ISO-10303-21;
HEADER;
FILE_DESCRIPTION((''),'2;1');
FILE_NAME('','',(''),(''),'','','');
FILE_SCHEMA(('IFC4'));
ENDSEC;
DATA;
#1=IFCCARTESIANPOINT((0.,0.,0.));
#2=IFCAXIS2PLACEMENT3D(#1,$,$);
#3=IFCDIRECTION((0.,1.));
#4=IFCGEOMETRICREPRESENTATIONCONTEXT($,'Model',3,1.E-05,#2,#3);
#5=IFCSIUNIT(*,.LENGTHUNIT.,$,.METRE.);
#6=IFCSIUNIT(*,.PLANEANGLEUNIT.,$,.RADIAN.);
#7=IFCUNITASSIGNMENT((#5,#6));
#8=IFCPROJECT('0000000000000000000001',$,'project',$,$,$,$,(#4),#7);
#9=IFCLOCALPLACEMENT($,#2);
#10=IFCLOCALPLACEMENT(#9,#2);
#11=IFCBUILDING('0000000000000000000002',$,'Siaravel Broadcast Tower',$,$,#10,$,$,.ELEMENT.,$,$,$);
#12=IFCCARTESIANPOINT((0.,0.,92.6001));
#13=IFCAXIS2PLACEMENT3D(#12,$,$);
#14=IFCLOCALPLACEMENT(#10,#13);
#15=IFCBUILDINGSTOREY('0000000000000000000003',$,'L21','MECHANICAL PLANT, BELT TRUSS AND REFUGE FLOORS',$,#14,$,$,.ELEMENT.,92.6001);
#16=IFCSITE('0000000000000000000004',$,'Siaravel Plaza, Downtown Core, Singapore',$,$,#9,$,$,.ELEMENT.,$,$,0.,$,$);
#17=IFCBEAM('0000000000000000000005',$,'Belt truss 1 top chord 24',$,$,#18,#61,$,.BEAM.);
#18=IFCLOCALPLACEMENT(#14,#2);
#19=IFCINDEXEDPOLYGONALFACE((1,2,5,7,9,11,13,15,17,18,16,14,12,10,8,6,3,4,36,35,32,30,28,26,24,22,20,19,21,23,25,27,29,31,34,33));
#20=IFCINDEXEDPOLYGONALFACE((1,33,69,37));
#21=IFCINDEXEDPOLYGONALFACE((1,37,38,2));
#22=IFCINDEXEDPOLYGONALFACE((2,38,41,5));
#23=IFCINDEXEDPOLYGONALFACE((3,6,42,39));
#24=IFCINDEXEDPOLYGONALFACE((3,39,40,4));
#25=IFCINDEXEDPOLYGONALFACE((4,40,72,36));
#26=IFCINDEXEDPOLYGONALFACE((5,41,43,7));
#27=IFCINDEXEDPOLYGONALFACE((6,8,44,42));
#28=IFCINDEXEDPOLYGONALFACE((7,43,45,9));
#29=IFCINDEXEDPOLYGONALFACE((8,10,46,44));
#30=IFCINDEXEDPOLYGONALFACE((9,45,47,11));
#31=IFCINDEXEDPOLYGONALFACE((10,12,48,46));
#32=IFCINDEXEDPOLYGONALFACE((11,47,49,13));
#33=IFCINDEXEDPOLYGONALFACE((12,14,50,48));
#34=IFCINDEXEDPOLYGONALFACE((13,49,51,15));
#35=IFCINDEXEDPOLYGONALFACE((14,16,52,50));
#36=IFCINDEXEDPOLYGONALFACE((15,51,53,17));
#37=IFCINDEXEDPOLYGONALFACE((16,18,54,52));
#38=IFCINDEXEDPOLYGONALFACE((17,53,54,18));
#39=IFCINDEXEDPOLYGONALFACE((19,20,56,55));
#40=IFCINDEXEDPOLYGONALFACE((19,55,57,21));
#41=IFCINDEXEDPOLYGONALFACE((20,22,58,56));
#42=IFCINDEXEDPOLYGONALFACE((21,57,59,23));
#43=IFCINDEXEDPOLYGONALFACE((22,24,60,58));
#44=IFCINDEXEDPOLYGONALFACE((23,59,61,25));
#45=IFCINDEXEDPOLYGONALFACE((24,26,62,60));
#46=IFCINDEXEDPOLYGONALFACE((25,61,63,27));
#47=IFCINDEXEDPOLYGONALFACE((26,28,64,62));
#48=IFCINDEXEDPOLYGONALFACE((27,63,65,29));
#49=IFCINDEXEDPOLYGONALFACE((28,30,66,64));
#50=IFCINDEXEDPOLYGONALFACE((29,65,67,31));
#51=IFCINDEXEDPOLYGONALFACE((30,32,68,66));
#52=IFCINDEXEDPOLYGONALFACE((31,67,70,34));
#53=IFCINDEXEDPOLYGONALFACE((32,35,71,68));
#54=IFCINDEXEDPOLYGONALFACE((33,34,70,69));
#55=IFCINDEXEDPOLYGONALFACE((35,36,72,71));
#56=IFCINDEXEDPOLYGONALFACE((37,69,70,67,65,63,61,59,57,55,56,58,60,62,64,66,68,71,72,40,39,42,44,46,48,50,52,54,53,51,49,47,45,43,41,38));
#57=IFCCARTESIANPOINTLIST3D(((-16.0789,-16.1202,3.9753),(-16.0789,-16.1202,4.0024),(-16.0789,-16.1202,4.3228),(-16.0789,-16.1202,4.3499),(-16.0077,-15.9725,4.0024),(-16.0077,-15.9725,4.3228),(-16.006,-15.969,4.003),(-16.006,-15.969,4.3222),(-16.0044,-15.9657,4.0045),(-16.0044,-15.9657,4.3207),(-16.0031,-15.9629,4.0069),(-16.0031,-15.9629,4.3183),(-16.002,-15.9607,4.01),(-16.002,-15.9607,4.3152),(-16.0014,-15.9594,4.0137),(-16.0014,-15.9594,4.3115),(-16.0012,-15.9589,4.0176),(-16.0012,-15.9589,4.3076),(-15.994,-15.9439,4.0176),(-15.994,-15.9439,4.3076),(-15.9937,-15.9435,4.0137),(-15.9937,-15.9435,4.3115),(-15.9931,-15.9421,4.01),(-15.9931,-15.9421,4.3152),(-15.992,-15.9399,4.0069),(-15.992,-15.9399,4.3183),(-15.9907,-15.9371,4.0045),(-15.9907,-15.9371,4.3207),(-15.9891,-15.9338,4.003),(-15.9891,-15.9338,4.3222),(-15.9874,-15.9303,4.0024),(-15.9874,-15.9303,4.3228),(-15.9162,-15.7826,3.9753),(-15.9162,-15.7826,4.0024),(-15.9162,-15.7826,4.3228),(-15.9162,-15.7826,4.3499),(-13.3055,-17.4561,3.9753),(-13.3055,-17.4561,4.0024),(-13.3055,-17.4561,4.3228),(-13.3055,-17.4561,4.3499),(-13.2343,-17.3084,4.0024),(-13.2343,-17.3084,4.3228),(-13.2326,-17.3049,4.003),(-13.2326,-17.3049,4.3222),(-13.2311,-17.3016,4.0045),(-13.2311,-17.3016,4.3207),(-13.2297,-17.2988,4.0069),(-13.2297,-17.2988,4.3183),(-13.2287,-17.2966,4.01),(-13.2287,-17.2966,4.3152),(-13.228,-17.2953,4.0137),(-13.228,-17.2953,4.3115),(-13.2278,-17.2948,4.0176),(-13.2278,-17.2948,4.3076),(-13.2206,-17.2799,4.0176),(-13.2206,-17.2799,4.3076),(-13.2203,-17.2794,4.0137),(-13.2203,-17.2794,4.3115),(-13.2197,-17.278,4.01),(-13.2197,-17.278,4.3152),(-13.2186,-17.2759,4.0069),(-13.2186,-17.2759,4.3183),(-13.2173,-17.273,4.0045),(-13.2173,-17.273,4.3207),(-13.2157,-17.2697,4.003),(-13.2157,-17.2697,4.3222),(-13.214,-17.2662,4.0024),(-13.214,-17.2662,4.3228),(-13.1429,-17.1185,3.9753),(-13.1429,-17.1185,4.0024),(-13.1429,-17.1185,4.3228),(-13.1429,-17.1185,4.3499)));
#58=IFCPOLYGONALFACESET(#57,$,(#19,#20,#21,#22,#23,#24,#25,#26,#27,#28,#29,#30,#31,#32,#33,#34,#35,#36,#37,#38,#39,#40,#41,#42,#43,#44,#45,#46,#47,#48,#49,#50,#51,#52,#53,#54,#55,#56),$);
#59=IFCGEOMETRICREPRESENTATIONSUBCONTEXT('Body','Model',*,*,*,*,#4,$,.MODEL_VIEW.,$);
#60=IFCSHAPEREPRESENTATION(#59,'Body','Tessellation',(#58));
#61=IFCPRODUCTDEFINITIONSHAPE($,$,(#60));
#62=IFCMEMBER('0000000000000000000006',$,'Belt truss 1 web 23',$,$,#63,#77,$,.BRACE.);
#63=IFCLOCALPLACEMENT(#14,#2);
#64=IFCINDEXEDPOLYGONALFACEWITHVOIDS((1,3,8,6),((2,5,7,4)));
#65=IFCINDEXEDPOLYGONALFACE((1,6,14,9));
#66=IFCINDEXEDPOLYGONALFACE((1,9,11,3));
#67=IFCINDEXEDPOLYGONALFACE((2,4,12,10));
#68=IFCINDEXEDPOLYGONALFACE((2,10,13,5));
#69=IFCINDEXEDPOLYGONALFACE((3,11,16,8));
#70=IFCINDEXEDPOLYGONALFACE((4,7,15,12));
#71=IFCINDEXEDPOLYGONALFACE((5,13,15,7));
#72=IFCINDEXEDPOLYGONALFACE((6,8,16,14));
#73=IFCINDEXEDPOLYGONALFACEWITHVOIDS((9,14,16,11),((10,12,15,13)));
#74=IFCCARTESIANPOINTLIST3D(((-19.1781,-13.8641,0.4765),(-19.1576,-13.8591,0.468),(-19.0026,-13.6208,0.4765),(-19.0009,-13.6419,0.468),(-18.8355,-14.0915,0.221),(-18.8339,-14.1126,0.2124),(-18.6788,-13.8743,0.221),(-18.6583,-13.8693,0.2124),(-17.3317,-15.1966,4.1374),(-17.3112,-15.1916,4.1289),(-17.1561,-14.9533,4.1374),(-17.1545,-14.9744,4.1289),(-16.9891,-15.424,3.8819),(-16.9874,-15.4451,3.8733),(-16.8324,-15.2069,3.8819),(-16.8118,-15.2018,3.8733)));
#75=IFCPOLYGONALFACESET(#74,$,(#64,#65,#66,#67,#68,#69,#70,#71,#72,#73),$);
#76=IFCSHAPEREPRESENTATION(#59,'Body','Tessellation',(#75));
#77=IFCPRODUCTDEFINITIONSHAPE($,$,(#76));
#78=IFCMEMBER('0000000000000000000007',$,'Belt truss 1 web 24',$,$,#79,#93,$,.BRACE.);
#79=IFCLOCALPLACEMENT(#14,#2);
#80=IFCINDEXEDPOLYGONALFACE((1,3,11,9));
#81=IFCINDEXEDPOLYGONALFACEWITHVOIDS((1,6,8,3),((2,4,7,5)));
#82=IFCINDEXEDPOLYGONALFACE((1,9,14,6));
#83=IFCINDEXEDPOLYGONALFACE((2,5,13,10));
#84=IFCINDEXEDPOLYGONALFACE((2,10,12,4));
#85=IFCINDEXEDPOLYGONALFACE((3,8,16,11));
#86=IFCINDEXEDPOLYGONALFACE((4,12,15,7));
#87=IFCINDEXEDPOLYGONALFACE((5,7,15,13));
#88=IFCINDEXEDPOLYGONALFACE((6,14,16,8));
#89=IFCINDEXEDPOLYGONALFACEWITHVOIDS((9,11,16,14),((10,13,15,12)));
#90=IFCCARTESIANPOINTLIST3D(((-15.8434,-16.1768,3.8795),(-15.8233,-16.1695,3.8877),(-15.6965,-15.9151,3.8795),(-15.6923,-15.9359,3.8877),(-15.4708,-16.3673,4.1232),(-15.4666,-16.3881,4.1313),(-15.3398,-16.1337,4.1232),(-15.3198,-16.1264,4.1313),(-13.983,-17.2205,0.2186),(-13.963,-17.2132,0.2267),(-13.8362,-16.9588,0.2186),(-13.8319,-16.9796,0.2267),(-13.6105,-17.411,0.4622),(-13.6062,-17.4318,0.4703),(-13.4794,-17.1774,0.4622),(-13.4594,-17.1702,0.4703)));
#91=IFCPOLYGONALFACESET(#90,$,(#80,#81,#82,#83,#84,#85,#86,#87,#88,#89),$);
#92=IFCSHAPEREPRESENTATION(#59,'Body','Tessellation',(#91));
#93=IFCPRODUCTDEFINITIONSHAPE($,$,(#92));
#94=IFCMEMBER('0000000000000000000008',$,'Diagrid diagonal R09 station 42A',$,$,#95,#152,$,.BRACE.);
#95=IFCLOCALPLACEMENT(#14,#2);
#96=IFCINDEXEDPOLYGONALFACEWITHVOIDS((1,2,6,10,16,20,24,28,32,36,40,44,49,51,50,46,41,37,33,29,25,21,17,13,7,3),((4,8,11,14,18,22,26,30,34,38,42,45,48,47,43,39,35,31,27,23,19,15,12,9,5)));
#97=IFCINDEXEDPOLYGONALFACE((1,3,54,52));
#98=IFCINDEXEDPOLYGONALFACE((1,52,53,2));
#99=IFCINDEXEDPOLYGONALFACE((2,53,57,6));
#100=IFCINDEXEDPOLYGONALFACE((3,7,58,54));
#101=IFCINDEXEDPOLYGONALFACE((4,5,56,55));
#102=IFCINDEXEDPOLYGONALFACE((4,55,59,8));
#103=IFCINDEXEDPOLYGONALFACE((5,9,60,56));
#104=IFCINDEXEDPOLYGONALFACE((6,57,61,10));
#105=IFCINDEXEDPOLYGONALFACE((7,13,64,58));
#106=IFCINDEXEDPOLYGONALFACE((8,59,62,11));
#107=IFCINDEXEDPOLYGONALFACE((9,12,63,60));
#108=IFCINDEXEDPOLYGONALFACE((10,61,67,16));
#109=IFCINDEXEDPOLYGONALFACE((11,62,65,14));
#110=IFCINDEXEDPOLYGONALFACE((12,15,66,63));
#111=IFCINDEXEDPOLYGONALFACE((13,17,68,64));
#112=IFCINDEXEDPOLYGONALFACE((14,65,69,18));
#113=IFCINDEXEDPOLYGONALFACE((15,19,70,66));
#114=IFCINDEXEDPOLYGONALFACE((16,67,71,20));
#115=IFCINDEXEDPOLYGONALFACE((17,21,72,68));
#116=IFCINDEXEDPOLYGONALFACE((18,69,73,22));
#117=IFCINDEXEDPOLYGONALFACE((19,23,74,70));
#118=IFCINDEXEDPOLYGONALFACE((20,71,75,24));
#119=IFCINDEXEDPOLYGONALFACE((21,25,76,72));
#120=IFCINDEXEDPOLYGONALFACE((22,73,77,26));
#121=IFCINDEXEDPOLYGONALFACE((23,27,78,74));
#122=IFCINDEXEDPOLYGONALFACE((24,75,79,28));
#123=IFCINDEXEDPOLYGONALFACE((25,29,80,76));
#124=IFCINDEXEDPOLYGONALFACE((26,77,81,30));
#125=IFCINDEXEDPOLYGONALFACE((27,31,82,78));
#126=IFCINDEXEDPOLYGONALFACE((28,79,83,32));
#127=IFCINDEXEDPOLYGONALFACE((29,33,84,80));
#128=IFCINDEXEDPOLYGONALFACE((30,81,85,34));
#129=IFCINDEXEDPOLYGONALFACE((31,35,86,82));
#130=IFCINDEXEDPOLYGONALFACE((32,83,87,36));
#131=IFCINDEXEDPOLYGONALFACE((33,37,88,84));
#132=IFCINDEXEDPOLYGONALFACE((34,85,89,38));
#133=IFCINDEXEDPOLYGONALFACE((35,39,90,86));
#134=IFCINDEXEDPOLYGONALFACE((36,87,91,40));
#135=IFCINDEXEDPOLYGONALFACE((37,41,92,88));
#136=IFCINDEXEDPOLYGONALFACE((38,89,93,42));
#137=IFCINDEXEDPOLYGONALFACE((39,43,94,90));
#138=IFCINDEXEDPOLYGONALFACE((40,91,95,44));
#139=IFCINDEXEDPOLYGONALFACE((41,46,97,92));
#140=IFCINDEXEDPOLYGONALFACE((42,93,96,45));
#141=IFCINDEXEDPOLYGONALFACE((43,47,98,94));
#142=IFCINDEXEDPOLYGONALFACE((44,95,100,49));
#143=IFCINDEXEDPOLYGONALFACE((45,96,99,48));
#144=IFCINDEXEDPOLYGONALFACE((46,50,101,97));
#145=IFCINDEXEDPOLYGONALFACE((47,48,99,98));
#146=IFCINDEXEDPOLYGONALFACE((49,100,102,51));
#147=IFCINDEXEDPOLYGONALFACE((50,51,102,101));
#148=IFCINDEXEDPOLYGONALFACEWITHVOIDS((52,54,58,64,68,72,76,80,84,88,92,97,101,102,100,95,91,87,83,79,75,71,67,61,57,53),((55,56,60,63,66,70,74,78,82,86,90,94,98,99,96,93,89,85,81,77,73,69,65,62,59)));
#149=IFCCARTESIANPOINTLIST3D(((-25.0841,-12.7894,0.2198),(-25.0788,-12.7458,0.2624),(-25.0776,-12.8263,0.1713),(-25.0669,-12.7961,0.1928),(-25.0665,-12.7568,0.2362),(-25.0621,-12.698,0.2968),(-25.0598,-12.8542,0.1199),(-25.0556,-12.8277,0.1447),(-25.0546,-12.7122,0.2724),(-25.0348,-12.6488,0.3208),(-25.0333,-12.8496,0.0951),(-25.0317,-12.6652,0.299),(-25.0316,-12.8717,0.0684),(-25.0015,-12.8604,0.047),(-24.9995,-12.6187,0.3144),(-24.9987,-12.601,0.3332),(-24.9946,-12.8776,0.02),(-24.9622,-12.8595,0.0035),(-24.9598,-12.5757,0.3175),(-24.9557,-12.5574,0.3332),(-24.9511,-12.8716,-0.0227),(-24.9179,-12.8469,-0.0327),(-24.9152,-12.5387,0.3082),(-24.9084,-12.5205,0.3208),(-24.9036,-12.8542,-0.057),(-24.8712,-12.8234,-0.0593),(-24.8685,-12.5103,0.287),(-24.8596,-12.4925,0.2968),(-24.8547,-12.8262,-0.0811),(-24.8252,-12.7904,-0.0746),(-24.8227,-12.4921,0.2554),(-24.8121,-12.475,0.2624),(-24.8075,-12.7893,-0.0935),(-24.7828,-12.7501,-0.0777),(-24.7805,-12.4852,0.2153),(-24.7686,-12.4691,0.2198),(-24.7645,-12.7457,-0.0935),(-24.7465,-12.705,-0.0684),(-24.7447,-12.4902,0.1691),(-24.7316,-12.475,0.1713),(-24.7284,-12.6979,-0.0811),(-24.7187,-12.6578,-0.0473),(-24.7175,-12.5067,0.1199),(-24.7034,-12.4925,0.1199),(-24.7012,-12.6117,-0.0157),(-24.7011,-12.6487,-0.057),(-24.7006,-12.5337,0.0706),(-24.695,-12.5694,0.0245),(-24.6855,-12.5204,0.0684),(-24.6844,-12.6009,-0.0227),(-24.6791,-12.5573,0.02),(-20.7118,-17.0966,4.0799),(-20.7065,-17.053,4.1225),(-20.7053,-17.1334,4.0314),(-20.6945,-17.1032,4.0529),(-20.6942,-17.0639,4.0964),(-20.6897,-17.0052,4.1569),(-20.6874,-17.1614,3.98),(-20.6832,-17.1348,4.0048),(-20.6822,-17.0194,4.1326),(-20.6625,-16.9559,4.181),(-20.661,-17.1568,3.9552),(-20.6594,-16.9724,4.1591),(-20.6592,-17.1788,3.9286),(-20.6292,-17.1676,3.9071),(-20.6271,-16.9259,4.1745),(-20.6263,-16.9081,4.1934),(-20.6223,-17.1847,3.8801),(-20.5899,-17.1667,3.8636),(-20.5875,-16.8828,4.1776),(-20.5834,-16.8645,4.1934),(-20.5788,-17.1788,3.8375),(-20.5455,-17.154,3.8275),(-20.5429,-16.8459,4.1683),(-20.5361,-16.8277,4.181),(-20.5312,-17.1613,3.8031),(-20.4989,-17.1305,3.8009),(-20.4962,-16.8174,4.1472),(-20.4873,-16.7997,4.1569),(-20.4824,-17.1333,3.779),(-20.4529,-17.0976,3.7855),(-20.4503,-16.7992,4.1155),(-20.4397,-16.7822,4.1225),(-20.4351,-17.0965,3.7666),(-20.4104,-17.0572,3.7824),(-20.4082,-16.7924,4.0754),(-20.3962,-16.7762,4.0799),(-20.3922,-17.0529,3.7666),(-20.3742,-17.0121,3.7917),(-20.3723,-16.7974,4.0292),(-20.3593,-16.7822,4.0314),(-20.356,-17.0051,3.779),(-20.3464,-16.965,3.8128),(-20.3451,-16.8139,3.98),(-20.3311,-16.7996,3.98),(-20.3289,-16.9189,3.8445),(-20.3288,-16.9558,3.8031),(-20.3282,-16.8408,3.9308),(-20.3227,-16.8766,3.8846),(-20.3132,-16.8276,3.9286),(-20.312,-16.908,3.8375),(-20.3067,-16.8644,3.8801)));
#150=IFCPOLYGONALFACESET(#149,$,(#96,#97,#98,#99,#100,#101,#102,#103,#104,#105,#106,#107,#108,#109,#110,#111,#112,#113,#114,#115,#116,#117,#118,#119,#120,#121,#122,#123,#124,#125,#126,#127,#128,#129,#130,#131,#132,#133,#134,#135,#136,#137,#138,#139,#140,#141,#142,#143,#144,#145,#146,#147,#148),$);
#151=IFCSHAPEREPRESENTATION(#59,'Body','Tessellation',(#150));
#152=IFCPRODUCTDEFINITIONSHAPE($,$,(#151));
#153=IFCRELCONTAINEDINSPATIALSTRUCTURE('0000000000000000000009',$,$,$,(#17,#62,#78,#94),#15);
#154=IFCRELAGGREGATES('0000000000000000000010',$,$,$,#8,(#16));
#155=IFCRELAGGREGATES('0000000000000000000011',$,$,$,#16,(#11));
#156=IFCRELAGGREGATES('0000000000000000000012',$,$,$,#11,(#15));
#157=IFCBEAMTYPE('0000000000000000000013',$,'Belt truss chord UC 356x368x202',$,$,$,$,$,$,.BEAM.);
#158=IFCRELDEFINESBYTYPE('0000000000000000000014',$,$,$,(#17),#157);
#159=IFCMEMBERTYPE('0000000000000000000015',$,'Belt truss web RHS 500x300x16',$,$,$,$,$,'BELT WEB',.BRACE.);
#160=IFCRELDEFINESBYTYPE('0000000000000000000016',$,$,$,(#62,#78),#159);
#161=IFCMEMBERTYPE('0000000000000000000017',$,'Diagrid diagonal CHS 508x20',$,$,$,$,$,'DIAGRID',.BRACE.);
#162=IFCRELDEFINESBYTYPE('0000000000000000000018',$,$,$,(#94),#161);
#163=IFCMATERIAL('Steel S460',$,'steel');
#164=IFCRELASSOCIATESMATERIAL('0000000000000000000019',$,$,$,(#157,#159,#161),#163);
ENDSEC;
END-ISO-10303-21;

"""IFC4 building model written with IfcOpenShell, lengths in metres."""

from ifc_helpers import new_model, si_unit, direction, frame, origin, origin_2d, place, context, subcontext, project, spatial, hollow_rectangle, hollow_circle, i_section, extrude, material, material_profile, profile_set, type_object, element, save


model = new_model("IFC4")

# Units and contexts
model_context = context("Model", 3, precision=1e-05, world=origin(), true_north=direction((0.0, 1.0)))
body_context = subcontext(model_context, "Body", "Model", "MODEL_VIEW")
ifc_project = project(units=[si_unit("LENGTHUNIT", "METRE"), si_unit("PLANEANGLEUNIT", "RADIAN")], contexts=[model_context])

# Site, building, storey
site_placement = place(None, origin())
site = spatial("IfcSite", under=ifc_project, at=site_placement, Name="Siaravel Plaza, Downtown Core, Singapore", CompositionType="ELEMENT", RefElevation=0.0)
building_placement = place(site_placement, origin())
building = spatial("IfcBuilding", under=site, at=building_placement, Name="Siaravel Broadcast Tower", CompositionType="ELEMENT")
storey_placement = place(building_placement, frame((0.0, 0.0, 92.6001)))
storey = spatial("IfcBuildingStorey", under=building, at=storey_placement, Name="L21", Description="MECHANICAL PLANT, BELT TRUSS AND REFUGE FLOORS", CompositionType="ELEMENT", Elevation=92.6001)

# Beam
ifc_material_1 = material(Name="Steel S460", Category="steel")
ifc_material_profile_1 = material_profile(ifc_material_1, i_section(OverallWidth=0.3748, OverallDepth=0.3745, WebThickness=0.0166, FlangeThickness=0.0271, FilletRadius=0.0151, at=origin_2d()))
ifc_profile_set_1 = profile_set([ifc_material_profile_1], Name="Steel S460")
beam_type_1 = type_object("IfcBeamType", Name="Belt truss chord UC 356x368x202", PredefinedType="BEAM", material=ifc_profile_set_1)
beam_1_placement = place(storey_placement, frame((-15.9976, -15.9514, 4.1626), z_axis=(0.900928, -0.433968, 0.0), x_axis=(0.433968, 0.900928, 0.0)))
element("IfcBeam", 1, at=beam_1_placement, inside=storey, type_object=beam_type_1, Name="Belt truss 1 top chord 24", PredefinedType="BEAM", context=body_context, shape_type="SweptSolid", body=[
    extrude(i_section(OverallWidth=0.3748, OverallDepth=0.3745, WebThickness=0.0166, FlangeThickness=0.0271, FilletRadius=0.0151, at=origin_2d()), origin(), (0.0, 0.0, 1.0), 3.0784),
])

# Members
ifc_material_profile_2 = material_profile(ifc_material_1, hollow_rectangle(XDim=0.3, YDim=0.5, WallThickness=0.0161, at=origin_2d()))
ifc_profile_set_2 = profile_set([ifc_material_profile_2], Name="Steel S460")
member_type_1 = type_object("IfcMemberType", Name="Belt truss web RHS 500x300x16", ElementType="BELT WEB", PredefinedType="BRACE", material=ifc_profile_set_2)
member_1_placement = place(storey_placement, frame((-18.9182, -13.8667, 0.3445), z_axis=(0.428281, -0.309078, 0.849144), x_axis=(0.585197, 0.810891, 0.0)))
element("IfcMember", 2, at=member_1_placement, inside=storey, type_object=member_type_1, Name="Belt truss 1 web 23", PredefinedType="BRACE", context=body_context, shape_type="SweptSolid", body=[
    extrude(hollow_rectangle(XDim=0.3, YDim=0.5, WallThickness=0.0161, at=origin_2d()), origin(), (0.0, 0.0, 1.0), 4.3113),
])
member_2_placement = place(storey_placement, frame((-13.7212, -17.1953, 0.3445), z_axis=(-0.439071, 0.246329, 0.864025), x_axis=(-0.489283, -0.872125, 0.0)))
element("IfcMember", 3, at=member_2_placement, inside=storey, type_object=member_type_1, Name="Belt truss 1 web 24", PredefinedType="BRACE", context=body_context, shape_type="SweptSolid", body=[
    extrude(hollow_rectangle(XDim=0.3, YDim=0.5, WallThickness=0.0161, at=origin_2d()), origin(), (0.0, 0.0, 1.0), 4.2371),
])
ifc_material_profile_3 = material_profile(ifc_material_1, hollow_circle(Radius=0.2539, WallThickness=0.02, at=origin_2d()))
ifc_profile_set_3 = profile_set([ifc_material_profile_3], Name="Steel S460")
member_type_2 = type_object("IfcMemberType", Name="Diagrid diagonal CHS 508x20", ElementType="DIAGRID", PredefinedType="BRACE", material=ifc_profile_set_3)
member_3_placement = place(storey_placement, frame((-24.8816, -12.6733, 0.1199), z_axis=(0.603041, -0.59405, 0.532396), x_axis=(0.701776, 0.712397, 0.0)))
element("IfcMember", 4, at=member_3_placement, inside=storey, type_object=member_type_2, Name="Diagrid diagonal R09 station 42A", PredefinedType="BRACE", context=body_context, shape_type="SweptSolid", body=[
    extrude(hollow_circle(Radius=0.2539, WallThickness=0.02, at=origin_2d()), origin(), (0.0, 0.0, 1.0), 7.2505),
])

save(model, "model.ifc")
